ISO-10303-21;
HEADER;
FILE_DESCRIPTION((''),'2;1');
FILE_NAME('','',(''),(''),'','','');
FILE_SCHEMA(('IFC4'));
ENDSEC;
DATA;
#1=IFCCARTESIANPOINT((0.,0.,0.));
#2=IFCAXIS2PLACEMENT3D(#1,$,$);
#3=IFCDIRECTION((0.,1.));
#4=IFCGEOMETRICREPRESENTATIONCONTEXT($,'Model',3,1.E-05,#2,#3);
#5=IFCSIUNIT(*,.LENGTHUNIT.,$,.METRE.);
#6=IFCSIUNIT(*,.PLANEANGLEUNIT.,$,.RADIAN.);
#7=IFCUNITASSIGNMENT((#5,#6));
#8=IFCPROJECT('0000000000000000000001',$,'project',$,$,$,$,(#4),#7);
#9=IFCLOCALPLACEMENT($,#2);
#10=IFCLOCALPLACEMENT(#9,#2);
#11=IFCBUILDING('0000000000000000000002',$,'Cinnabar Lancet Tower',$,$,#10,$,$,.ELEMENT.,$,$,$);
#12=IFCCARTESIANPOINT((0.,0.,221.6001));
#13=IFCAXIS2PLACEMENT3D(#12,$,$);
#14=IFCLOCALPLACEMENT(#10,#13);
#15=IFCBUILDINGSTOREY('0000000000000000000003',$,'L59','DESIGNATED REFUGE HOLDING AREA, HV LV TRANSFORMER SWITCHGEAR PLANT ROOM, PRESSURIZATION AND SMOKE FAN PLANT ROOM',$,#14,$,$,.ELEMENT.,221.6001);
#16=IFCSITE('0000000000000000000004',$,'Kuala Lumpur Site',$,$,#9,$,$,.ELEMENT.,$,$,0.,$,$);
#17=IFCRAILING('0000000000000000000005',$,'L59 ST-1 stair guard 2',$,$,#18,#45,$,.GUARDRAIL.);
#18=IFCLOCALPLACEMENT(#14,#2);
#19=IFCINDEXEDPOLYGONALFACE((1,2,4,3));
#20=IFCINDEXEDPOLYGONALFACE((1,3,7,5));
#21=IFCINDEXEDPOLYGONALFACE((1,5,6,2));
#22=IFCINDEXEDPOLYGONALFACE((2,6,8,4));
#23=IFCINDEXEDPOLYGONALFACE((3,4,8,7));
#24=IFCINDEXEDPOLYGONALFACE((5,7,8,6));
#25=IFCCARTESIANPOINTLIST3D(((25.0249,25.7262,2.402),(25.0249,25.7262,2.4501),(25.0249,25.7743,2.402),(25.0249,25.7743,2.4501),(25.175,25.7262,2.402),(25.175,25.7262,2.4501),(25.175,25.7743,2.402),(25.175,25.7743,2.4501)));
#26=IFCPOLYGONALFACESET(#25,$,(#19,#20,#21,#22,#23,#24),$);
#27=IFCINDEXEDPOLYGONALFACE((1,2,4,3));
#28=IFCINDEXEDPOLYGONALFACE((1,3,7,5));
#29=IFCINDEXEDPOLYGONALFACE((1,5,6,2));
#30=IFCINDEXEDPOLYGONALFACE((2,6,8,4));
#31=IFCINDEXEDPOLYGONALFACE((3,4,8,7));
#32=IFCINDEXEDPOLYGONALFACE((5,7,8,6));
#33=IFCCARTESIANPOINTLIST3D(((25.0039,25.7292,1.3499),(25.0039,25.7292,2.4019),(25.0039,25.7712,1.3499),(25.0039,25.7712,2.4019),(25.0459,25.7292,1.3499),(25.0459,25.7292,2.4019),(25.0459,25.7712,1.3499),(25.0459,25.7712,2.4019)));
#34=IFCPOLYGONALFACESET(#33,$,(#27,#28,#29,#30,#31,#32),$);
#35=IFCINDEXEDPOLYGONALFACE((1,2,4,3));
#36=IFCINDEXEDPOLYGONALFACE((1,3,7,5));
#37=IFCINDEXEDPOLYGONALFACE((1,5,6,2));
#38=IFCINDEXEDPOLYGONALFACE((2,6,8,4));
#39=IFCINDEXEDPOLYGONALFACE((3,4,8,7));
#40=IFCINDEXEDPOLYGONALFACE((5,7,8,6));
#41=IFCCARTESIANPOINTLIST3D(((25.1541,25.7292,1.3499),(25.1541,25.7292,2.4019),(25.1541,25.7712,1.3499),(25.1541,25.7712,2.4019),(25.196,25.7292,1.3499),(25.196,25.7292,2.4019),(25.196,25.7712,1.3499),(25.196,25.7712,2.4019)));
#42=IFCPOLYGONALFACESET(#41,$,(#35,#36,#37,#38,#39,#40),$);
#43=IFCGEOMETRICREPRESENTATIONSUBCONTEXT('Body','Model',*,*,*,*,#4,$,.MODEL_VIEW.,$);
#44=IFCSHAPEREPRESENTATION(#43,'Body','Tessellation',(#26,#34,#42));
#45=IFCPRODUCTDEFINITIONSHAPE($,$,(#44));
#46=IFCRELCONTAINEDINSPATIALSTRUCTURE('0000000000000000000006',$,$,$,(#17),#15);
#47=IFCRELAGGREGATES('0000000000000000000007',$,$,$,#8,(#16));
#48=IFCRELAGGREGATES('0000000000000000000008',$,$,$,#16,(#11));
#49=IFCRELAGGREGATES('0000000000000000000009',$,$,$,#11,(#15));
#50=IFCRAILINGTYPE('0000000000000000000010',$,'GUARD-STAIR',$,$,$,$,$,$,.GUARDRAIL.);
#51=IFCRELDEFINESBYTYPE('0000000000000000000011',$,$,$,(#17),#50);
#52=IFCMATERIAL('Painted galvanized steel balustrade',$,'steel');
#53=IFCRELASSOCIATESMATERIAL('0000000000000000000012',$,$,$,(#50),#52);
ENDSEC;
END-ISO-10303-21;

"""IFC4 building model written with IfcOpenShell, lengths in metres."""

from ifc_helpers import new_model, si_unit, direction, frame, origin, origin_2d, place, context, subcontext, project, spatial, rectangle, extrude, material, type_object, element, save


model = new_model("IFC4")

# Units and contexts
model_context = context("Model", 3, precision=1e-05, world=origin(), true_north=direction((0.0, 1.0)))
body_context = subcontext(model_context, "Body", "Model", "MODEL_VIEW")
ifc_project = project(units=[si_unit("LENGTHUNIT", "METRE"), si_unit("PLANEANGLEUNIT", "RADIAN")], contexts=[model_context])

# Site, building, storey
site_placement = place(None, origin())
site = spatial("IfcSite", under=ifc_project, at=site_placement, Name="Kuala Lumpur Site", CompositionType="ELEMENT", RefElevation=0.0)
building_placement = place(site_placement, origin())
building = spatial("IfcBuilding", under=site, at=building_placement, Name="Cinnabar Lancet Tower", CompositionType="ELEMENT")
storey_placement = place(building_placement, frame((0.0, 0.0, 221.6001)))
storey = spatial("IfcBuildingStorey", under=building, at=storey_placement, Name="L59", Description="DESIGNATED REFUGE HOLDING AREA, HV LV TRANSFORMER SWITCHGEAR PLANT ROOM, PRESSURIZATION AND SMOKE FAN PLANT ROOM", CompositionType="ELEMENT", Elevation=221.6001)

# Railing
ifc_material_1 = material(Name="Painted galvanized steel balustrade", Category="steel")
railing_type = type_object("IfcRailingType", Name="GUARD-STAIR", PredefinedType="GUARDRAIL", material=ifc_material_1)
railing_placement = place(storey_placement, frame((25.0249, 25.7502, 1.3499)))
element("IfcRailing", 1, at=railing_placement, inside=storey, type_object=railing_type, Name="L59 ST-1 stair guard 2", PredefinedType="GUARDRAIL", context=body_context, shape_type="SweptSolid", body=[
    extrude(rectangle(XDim=0.0481, YDim=0.0481, at=origin_2d()), frame((0.0, 0.0, 1.0762), z_axis=(1.0, 0.0, 0.0), x_axis=(0.0, 1.0, 0.0)), (0.0, 0.0, 1.0), 0.1501),
    extrude(rectangle(XDim=0.042, YDim=0.042, at=origin_2d()), origin(), (0.0, 0.0, 1.0), 1.052),
    extrude(rectangle(XDim=0.042, YDim=0.042, at=origin_2d()), frame((0.1501, 0.0, 0.0)), (0.0, 0.0, 1.0), 1.052),
])

save(model, "model.ifc")
